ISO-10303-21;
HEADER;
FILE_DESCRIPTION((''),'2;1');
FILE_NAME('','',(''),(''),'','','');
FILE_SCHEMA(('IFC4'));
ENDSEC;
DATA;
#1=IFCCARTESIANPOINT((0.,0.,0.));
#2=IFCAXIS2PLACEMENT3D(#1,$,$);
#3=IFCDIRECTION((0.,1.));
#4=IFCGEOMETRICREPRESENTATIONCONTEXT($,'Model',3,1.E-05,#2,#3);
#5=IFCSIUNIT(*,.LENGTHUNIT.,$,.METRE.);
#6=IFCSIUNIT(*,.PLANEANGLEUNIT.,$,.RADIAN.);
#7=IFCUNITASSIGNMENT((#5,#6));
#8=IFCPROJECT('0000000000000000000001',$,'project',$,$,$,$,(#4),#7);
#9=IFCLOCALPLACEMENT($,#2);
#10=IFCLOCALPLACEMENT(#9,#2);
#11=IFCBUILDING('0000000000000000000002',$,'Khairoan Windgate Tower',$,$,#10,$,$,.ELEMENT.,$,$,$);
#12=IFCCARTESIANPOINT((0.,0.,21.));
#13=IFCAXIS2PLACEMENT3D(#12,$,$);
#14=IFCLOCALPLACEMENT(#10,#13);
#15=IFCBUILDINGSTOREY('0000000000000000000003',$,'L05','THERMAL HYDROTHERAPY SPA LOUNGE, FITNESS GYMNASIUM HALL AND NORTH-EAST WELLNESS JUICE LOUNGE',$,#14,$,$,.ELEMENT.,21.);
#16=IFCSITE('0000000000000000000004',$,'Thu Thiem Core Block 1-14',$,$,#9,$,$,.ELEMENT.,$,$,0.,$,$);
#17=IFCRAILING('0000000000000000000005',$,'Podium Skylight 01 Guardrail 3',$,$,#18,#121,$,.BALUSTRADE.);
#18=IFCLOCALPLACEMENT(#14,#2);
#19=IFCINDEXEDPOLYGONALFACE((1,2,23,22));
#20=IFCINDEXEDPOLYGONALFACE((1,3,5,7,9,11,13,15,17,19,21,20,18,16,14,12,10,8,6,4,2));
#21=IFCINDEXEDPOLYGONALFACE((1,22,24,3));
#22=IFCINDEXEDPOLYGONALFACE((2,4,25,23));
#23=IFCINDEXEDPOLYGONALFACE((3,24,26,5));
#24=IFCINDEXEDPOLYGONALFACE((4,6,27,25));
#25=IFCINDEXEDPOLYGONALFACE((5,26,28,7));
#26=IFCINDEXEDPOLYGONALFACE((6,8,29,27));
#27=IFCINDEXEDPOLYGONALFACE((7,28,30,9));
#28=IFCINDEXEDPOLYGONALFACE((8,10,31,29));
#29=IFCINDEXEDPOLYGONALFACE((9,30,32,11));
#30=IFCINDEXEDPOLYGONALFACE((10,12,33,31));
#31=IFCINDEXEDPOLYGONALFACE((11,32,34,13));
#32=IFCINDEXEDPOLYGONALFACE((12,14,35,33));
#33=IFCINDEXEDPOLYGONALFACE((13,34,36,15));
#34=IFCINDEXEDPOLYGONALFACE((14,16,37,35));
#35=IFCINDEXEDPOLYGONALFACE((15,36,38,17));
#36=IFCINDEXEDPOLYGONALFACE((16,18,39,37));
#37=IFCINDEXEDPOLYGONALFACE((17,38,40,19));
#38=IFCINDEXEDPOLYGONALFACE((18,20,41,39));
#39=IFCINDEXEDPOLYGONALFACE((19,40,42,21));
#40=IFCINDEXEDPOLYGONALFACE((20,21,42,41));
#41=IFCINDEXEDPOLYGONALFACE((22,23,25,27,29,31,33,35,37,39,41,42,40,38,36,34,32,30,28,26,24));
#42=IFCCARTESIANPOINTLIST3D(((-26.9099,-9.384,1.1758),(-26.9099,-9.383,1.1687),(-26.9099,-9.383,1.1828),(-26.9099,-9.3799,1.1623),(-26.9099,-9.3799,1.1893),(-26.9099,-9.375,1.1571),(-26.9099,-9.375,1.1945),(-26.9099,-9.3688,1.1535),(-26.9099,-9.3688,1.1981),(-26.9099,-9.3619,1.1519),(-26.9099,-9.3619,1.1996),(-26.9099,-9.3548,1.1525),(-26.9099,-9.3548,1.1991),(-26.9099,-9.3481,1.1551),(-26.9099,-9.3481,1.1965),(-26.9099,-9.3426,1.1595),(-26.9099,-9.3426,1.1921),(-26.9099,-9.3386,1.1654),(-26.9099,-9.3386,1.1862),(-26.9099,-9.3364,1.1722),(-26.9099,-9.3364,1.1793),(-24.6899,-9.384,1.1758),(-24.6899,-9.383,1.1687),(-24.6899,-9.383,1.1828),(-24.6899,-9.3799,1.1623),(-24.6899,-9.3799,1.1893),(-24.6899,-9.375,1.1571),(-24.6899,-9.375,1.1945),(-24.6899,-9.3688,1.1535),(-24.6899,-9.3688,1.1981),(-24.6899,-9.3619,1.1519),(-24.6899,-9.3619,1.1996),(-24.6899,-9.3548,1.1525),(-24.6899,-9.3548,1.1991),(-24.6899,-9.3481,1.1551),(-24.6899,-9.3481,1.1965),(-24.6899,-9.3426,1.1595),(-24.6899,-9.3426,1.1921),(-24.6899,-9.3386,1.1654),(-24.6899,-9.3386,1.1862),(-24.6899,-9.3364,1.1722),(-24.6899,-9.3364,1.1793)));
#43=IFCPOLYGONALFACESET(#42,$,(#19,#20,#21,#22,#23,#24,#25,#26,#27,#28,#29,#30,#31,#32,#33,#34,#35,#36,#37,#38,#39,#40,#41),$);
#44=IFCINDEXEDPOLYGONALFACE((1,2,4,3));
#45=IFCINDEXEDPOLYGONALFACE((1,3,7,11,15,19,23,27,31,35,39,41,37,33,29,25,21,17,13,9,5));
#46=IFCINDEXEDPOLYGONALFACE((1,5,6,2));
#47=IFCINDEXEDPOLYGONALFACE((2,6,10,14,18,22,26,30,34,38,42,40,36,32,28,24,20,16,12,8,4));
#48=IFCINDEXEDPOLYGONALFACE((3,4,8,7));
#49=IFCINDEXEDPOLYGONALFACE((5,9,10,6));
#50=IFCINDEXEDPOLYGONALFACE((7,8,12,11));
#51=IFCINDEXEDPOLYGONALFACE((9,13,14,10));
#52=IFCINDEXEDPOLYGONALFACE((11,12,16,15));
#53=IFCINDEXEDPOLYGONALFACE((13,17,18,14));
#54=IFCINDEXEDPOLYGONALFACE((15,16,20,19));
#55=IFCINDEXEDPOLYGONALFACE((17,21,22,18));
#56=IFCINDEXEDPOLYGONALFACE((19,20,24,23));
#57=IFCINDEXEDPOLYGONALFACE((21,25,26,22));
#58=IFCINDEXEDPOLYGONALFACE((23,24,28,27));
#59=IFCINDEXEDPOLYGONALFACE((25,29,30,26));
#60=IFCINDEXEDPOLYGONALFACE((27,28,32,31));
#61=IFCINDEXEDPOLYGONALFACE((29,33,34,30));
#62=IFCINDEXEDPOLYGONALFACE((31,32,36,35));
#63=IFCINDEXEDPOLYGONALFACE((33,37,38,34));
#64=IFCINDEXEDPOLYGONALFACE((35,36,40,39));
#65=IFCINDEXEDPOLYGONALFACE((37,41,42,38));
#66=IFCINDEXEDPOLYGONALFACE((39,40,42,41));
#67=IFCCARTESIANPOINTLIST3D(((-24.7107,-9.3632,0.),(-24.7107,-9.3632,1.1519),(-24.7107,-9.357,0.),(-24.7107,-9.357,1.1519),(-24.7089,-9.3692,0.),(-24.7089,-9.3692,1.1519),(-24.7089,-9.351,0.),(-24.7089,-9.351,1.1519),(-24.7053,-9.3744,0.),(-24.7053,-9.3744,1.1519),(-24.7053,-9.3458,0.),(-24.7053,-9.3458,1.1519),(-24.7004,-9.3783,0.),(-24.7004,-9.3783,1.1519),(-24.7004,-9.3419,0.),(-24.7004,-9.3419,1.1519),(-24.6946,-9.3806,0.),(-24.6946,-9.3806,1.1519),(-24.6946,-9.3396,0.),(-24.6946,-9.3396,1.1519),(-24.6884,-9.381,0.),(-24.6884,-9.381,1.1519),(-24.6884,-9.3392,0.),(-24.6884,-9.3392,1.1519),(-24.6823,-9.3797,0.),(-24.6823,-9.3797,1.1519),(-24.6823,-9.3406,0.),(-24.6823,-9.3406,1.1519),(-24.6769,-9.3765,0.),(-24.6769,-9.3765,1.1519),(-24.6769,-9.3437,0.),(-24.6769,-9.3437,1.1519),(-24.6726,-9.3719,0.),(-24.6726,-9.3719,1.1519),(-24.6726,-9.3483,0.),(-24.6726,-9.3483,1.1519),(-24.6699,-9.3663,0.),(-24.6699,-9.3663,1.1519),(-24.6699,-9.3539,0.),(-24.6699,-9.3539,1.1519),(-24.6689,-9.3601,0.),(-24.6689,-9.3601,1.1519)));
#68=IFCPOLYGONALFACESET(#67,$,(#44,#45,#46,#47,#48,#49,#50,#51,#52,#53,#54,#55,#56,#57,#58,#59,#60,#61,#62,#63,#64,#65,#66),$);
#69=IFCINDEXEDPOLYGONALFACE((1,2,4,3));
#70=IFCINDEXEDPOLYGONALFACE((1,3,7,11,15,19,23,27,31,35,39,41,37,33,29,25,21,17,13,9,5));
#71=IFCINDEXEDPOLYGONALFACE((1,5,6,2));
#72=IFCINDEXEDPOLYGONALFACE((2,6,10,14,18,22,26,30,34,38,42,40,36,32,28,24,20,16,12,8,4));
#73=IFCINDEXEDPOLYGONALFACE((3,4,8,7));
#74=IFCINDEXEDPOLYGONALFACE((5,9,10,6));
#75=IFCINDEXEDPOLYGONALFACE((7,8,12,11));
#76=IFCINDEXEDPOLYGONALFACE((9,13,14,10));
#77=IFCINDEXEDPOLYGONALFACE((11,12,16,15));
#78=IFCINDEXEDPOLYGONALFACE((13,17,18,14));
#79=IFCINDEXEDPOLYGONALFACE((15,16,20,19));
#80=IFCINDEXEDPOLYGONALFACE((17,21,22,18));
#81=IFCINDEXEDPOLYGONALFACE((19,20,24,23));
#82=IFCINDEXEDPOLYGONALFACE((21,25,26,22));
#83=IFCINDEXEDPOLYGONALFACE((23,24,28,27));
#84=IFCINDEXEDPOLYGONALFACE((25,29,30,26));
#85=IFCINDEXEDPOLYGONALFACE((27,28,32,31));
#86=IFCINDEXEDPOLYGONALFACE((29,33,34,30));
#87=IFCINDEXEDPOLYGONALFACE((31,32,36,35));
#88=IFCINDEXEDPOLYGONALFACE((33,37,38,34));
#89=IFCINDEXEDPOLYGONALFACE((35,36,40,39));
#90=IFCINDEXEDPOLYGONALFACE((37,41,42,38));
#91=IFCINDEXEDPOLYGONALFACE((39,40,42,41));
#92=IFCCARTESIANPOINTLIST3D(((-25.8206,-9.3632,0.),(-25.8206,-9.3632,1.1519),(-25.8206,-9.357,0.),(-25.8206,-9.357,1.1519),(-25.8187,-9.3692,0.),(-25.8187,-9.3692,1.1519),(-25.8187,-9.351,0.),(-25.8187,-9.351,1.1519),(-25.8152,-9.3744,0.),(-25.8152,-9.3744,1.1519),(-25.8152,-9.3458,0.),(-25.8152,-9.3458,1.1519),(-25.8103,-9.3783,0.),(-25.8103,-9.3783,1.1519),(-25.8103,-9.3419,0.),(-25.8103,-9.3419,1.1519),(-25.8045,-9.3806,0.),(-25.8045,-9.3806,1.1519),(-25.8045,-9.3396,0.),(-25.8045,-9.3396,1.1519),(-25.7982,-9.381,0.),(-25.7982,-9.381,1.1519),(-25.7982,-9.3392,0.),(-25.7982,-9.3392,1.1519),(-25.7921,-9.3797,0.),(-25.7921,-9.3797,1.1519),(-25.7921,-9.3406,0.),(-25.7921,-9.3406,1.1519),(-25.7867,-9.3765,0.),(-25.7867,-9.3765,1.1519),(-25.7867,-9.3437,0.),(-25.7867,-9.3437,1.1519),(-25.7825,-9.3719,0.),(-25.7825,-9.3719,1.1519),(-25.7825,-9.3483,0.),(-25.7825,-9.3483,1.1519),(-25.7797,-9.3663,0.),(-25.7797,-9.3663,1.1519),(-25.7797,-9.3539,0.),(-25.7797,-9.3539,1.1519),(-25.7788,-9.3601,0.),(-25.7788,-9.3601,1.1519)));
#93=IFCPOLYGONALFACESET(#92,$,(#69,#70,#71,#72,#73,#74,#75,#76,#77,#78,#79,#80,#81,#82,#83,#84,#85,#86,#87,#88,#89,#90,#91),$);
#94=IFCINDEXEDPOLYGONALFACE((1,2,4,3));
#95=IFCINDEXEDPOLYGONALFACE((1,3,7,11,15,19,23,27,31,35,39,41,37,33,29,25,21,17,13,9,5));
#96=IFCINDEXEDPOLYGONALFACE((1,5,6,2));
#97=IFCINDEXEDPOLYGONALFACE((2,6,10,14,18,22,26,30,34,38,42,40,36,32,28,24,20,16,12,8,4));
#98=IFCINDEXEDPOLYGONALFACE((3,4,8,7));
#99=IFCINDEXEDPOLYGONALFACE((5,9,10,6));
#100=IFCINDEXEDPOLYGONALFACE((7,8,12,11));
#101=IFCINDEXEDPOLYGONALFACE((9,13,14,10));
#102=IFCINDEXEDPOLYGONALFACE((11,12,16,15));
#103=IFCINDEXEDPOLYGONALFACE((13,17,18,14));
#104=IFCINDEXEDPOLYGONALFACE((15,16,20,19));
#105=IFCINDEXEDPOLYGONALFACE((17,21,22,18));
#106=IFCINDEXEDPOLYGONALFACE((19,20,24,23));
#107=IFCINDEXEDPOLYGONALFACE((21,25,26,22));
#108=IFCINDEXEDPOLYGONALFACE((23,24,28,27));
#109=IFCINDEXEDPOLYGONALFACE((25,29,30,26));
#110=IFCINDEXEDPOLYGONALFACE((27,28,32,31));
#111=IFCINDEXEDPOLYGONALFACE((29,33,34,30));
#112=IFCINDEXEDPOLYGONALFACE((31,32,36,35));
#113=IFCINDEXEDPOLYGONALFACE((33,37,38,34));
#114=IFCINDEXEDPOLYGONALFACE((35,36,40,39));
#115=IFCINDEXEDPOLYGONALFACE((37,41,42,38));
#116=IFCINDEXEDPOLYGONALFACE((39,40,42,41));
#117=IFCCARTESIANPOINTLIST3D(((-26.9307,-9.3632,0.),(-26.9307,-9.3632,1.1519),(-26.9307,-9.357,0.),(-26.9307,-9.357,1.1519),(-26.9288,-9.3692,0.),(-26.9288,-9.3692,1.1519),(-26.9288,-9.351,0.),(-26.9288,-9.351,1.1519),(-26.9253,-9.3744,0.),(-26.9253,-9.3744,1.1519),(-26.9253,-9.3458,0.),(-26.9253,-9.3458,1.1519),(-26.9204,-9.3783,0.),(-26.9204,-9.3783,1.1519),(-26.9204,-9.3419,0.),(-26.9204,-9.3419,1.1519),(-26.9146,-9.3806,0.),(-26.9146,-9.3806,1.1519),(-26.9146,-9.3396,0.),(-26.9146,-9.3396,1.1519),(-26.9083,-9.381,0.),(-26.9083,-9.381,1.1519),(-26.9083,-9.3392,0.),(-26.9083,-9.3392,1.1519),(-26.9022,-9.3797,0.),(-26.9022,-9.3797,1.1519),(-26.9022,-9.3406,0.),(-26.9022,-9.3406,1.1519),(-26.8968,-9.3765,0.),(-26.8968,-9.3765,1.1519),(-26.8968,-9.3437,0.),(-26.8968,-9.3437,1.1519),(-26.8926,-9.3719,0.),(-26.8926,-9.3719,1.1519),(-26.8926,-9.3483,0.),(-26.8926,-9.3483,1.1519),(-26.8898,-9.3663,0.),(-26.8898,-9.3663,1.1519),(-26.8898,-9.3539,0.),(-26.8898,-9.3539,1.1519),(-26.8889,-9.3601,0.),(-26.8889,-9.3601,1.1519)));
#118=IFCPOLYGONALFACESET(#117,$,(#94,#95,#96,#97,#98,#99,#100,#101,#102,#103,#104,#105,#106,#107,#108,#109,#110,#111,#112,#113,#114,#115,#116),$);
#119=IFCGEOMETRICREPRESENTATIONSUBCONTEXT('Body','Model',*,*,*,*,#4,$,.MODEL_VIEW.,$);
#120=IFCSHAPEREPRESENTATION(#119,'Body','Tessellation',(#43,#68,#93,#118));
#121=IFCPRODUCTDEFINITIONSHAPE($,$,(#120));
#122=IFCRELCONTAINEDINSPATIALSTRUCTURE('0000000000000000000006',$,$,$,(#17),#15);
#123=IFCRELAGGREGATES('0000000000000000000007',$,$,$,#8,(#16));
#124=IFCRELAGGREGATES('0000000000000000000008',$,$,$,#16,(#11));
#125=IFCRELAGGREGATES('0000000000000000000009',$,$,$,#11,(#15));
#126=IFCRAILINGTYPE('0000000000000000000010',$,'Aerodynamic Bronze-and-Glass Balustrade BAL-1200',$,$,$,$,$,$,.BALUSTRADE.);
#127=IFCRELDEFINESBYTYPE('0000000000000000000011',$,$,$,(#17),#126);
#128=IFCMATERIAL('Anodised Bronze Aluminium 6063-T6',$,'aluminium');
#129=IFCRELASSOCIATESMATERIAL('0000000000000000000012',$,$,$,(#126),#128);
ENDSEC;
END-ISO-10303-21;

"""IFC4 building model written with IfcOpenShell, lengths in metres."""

from ifc_helpers import new_model, si_unit, direction, frame, origin, origin_2d, place, context, subcontext, project, spatial, circle, extrude, material, type_object, element, save


model = new_model("IFC4")

# Units and contexts
model_context = context("Model", 3, precision=1e-05, world=origin(), true_north=direction((0.0, 1.0)))
body_context = subcontext(model_context, "Body", "Model", "MODEL_VIEW")
ifc_project = project(units=[si_unit("LENGTHUNIT", "METRE"), si_unit("PLANEANGLEUNIT", "RADIAN")], contexts=[model_context])

# Site, building, storey
site_placement = place(None, origin())
site = spatial("IfcSite", under=ifc_project, at=site_placement, Name="Thu Thiem Core Block 1-14", CompositionType="ELEMENT", RefElevation=0.0)
building_placement = place(site_placement, origin())
building = spatial("IfcBuilding", under=site, at=building_placement, Name="Khairoan Windgate Tower", CompositionType="ELEMENT")
storey_placement = place(building_placement, frame((0.0, 0.0, 21.0)))
storey = spatial("IfcBuildingStorey", under=building, at=storey_placement, Name="L05", Description="THERMAL HYDROTHERAPY SPA LOUNGE, FITNESS GYMNASIUM HALL AND NORTH-EAST WELLNESS JUICE LOUNGE", CompositionType="ELEMENT", Elevation=21.0)

# Railing
ifc_material_1 = material(Name="Anodised Bronze Aluminium 6063-T6", Category="aluminium")
railing_type_1 = type_object("IfcRailingType", Name="Aerodynamic Bronze-and-Glass Balustrade BAL-1200", PredefinedType="BALUSTRADE", material=ifc_material_1)
railing_1_placement = place(storey_placement, frame((-24.6899, -9.3601, 0.0)))
element("IfcRailing", 1, at=railing_1_placement, inside=storey, type_object=railing_type_1, Name="Podium Skylight 01 Guardrail 3", PredefinedType="BALUSTRADE", context=body_context, shape_type="SweptSolid", body=[
    extrude(circle(Radius=0.0239, at=origin_2d()), frame((0.0, 0.0, 1.1758), z_axis=(-1.0, 0.0, 0.0), x_axis=(0.0, -1.0, 0.0)), (0.0, 0.0, 1.0), 2.22),
    extrude(circle(Radius=0.021, at=origin_2d()), origin(), (0.0, 0.0, 1.0), 1.1519),
    extrude(circle(Radius=0.021, at=origin_2d()), frame((-1.1099, 0.0, 0.0)), (0.0, 0.0, 1.0), 1.1519),
    extrude(circle(Radius=0.021, at=origin_2d()), frame((-2.22, 0.0, 0.0)), (0.0, 0.0, 1.0), 1.1519),
])

save(model, "model.ifc")
